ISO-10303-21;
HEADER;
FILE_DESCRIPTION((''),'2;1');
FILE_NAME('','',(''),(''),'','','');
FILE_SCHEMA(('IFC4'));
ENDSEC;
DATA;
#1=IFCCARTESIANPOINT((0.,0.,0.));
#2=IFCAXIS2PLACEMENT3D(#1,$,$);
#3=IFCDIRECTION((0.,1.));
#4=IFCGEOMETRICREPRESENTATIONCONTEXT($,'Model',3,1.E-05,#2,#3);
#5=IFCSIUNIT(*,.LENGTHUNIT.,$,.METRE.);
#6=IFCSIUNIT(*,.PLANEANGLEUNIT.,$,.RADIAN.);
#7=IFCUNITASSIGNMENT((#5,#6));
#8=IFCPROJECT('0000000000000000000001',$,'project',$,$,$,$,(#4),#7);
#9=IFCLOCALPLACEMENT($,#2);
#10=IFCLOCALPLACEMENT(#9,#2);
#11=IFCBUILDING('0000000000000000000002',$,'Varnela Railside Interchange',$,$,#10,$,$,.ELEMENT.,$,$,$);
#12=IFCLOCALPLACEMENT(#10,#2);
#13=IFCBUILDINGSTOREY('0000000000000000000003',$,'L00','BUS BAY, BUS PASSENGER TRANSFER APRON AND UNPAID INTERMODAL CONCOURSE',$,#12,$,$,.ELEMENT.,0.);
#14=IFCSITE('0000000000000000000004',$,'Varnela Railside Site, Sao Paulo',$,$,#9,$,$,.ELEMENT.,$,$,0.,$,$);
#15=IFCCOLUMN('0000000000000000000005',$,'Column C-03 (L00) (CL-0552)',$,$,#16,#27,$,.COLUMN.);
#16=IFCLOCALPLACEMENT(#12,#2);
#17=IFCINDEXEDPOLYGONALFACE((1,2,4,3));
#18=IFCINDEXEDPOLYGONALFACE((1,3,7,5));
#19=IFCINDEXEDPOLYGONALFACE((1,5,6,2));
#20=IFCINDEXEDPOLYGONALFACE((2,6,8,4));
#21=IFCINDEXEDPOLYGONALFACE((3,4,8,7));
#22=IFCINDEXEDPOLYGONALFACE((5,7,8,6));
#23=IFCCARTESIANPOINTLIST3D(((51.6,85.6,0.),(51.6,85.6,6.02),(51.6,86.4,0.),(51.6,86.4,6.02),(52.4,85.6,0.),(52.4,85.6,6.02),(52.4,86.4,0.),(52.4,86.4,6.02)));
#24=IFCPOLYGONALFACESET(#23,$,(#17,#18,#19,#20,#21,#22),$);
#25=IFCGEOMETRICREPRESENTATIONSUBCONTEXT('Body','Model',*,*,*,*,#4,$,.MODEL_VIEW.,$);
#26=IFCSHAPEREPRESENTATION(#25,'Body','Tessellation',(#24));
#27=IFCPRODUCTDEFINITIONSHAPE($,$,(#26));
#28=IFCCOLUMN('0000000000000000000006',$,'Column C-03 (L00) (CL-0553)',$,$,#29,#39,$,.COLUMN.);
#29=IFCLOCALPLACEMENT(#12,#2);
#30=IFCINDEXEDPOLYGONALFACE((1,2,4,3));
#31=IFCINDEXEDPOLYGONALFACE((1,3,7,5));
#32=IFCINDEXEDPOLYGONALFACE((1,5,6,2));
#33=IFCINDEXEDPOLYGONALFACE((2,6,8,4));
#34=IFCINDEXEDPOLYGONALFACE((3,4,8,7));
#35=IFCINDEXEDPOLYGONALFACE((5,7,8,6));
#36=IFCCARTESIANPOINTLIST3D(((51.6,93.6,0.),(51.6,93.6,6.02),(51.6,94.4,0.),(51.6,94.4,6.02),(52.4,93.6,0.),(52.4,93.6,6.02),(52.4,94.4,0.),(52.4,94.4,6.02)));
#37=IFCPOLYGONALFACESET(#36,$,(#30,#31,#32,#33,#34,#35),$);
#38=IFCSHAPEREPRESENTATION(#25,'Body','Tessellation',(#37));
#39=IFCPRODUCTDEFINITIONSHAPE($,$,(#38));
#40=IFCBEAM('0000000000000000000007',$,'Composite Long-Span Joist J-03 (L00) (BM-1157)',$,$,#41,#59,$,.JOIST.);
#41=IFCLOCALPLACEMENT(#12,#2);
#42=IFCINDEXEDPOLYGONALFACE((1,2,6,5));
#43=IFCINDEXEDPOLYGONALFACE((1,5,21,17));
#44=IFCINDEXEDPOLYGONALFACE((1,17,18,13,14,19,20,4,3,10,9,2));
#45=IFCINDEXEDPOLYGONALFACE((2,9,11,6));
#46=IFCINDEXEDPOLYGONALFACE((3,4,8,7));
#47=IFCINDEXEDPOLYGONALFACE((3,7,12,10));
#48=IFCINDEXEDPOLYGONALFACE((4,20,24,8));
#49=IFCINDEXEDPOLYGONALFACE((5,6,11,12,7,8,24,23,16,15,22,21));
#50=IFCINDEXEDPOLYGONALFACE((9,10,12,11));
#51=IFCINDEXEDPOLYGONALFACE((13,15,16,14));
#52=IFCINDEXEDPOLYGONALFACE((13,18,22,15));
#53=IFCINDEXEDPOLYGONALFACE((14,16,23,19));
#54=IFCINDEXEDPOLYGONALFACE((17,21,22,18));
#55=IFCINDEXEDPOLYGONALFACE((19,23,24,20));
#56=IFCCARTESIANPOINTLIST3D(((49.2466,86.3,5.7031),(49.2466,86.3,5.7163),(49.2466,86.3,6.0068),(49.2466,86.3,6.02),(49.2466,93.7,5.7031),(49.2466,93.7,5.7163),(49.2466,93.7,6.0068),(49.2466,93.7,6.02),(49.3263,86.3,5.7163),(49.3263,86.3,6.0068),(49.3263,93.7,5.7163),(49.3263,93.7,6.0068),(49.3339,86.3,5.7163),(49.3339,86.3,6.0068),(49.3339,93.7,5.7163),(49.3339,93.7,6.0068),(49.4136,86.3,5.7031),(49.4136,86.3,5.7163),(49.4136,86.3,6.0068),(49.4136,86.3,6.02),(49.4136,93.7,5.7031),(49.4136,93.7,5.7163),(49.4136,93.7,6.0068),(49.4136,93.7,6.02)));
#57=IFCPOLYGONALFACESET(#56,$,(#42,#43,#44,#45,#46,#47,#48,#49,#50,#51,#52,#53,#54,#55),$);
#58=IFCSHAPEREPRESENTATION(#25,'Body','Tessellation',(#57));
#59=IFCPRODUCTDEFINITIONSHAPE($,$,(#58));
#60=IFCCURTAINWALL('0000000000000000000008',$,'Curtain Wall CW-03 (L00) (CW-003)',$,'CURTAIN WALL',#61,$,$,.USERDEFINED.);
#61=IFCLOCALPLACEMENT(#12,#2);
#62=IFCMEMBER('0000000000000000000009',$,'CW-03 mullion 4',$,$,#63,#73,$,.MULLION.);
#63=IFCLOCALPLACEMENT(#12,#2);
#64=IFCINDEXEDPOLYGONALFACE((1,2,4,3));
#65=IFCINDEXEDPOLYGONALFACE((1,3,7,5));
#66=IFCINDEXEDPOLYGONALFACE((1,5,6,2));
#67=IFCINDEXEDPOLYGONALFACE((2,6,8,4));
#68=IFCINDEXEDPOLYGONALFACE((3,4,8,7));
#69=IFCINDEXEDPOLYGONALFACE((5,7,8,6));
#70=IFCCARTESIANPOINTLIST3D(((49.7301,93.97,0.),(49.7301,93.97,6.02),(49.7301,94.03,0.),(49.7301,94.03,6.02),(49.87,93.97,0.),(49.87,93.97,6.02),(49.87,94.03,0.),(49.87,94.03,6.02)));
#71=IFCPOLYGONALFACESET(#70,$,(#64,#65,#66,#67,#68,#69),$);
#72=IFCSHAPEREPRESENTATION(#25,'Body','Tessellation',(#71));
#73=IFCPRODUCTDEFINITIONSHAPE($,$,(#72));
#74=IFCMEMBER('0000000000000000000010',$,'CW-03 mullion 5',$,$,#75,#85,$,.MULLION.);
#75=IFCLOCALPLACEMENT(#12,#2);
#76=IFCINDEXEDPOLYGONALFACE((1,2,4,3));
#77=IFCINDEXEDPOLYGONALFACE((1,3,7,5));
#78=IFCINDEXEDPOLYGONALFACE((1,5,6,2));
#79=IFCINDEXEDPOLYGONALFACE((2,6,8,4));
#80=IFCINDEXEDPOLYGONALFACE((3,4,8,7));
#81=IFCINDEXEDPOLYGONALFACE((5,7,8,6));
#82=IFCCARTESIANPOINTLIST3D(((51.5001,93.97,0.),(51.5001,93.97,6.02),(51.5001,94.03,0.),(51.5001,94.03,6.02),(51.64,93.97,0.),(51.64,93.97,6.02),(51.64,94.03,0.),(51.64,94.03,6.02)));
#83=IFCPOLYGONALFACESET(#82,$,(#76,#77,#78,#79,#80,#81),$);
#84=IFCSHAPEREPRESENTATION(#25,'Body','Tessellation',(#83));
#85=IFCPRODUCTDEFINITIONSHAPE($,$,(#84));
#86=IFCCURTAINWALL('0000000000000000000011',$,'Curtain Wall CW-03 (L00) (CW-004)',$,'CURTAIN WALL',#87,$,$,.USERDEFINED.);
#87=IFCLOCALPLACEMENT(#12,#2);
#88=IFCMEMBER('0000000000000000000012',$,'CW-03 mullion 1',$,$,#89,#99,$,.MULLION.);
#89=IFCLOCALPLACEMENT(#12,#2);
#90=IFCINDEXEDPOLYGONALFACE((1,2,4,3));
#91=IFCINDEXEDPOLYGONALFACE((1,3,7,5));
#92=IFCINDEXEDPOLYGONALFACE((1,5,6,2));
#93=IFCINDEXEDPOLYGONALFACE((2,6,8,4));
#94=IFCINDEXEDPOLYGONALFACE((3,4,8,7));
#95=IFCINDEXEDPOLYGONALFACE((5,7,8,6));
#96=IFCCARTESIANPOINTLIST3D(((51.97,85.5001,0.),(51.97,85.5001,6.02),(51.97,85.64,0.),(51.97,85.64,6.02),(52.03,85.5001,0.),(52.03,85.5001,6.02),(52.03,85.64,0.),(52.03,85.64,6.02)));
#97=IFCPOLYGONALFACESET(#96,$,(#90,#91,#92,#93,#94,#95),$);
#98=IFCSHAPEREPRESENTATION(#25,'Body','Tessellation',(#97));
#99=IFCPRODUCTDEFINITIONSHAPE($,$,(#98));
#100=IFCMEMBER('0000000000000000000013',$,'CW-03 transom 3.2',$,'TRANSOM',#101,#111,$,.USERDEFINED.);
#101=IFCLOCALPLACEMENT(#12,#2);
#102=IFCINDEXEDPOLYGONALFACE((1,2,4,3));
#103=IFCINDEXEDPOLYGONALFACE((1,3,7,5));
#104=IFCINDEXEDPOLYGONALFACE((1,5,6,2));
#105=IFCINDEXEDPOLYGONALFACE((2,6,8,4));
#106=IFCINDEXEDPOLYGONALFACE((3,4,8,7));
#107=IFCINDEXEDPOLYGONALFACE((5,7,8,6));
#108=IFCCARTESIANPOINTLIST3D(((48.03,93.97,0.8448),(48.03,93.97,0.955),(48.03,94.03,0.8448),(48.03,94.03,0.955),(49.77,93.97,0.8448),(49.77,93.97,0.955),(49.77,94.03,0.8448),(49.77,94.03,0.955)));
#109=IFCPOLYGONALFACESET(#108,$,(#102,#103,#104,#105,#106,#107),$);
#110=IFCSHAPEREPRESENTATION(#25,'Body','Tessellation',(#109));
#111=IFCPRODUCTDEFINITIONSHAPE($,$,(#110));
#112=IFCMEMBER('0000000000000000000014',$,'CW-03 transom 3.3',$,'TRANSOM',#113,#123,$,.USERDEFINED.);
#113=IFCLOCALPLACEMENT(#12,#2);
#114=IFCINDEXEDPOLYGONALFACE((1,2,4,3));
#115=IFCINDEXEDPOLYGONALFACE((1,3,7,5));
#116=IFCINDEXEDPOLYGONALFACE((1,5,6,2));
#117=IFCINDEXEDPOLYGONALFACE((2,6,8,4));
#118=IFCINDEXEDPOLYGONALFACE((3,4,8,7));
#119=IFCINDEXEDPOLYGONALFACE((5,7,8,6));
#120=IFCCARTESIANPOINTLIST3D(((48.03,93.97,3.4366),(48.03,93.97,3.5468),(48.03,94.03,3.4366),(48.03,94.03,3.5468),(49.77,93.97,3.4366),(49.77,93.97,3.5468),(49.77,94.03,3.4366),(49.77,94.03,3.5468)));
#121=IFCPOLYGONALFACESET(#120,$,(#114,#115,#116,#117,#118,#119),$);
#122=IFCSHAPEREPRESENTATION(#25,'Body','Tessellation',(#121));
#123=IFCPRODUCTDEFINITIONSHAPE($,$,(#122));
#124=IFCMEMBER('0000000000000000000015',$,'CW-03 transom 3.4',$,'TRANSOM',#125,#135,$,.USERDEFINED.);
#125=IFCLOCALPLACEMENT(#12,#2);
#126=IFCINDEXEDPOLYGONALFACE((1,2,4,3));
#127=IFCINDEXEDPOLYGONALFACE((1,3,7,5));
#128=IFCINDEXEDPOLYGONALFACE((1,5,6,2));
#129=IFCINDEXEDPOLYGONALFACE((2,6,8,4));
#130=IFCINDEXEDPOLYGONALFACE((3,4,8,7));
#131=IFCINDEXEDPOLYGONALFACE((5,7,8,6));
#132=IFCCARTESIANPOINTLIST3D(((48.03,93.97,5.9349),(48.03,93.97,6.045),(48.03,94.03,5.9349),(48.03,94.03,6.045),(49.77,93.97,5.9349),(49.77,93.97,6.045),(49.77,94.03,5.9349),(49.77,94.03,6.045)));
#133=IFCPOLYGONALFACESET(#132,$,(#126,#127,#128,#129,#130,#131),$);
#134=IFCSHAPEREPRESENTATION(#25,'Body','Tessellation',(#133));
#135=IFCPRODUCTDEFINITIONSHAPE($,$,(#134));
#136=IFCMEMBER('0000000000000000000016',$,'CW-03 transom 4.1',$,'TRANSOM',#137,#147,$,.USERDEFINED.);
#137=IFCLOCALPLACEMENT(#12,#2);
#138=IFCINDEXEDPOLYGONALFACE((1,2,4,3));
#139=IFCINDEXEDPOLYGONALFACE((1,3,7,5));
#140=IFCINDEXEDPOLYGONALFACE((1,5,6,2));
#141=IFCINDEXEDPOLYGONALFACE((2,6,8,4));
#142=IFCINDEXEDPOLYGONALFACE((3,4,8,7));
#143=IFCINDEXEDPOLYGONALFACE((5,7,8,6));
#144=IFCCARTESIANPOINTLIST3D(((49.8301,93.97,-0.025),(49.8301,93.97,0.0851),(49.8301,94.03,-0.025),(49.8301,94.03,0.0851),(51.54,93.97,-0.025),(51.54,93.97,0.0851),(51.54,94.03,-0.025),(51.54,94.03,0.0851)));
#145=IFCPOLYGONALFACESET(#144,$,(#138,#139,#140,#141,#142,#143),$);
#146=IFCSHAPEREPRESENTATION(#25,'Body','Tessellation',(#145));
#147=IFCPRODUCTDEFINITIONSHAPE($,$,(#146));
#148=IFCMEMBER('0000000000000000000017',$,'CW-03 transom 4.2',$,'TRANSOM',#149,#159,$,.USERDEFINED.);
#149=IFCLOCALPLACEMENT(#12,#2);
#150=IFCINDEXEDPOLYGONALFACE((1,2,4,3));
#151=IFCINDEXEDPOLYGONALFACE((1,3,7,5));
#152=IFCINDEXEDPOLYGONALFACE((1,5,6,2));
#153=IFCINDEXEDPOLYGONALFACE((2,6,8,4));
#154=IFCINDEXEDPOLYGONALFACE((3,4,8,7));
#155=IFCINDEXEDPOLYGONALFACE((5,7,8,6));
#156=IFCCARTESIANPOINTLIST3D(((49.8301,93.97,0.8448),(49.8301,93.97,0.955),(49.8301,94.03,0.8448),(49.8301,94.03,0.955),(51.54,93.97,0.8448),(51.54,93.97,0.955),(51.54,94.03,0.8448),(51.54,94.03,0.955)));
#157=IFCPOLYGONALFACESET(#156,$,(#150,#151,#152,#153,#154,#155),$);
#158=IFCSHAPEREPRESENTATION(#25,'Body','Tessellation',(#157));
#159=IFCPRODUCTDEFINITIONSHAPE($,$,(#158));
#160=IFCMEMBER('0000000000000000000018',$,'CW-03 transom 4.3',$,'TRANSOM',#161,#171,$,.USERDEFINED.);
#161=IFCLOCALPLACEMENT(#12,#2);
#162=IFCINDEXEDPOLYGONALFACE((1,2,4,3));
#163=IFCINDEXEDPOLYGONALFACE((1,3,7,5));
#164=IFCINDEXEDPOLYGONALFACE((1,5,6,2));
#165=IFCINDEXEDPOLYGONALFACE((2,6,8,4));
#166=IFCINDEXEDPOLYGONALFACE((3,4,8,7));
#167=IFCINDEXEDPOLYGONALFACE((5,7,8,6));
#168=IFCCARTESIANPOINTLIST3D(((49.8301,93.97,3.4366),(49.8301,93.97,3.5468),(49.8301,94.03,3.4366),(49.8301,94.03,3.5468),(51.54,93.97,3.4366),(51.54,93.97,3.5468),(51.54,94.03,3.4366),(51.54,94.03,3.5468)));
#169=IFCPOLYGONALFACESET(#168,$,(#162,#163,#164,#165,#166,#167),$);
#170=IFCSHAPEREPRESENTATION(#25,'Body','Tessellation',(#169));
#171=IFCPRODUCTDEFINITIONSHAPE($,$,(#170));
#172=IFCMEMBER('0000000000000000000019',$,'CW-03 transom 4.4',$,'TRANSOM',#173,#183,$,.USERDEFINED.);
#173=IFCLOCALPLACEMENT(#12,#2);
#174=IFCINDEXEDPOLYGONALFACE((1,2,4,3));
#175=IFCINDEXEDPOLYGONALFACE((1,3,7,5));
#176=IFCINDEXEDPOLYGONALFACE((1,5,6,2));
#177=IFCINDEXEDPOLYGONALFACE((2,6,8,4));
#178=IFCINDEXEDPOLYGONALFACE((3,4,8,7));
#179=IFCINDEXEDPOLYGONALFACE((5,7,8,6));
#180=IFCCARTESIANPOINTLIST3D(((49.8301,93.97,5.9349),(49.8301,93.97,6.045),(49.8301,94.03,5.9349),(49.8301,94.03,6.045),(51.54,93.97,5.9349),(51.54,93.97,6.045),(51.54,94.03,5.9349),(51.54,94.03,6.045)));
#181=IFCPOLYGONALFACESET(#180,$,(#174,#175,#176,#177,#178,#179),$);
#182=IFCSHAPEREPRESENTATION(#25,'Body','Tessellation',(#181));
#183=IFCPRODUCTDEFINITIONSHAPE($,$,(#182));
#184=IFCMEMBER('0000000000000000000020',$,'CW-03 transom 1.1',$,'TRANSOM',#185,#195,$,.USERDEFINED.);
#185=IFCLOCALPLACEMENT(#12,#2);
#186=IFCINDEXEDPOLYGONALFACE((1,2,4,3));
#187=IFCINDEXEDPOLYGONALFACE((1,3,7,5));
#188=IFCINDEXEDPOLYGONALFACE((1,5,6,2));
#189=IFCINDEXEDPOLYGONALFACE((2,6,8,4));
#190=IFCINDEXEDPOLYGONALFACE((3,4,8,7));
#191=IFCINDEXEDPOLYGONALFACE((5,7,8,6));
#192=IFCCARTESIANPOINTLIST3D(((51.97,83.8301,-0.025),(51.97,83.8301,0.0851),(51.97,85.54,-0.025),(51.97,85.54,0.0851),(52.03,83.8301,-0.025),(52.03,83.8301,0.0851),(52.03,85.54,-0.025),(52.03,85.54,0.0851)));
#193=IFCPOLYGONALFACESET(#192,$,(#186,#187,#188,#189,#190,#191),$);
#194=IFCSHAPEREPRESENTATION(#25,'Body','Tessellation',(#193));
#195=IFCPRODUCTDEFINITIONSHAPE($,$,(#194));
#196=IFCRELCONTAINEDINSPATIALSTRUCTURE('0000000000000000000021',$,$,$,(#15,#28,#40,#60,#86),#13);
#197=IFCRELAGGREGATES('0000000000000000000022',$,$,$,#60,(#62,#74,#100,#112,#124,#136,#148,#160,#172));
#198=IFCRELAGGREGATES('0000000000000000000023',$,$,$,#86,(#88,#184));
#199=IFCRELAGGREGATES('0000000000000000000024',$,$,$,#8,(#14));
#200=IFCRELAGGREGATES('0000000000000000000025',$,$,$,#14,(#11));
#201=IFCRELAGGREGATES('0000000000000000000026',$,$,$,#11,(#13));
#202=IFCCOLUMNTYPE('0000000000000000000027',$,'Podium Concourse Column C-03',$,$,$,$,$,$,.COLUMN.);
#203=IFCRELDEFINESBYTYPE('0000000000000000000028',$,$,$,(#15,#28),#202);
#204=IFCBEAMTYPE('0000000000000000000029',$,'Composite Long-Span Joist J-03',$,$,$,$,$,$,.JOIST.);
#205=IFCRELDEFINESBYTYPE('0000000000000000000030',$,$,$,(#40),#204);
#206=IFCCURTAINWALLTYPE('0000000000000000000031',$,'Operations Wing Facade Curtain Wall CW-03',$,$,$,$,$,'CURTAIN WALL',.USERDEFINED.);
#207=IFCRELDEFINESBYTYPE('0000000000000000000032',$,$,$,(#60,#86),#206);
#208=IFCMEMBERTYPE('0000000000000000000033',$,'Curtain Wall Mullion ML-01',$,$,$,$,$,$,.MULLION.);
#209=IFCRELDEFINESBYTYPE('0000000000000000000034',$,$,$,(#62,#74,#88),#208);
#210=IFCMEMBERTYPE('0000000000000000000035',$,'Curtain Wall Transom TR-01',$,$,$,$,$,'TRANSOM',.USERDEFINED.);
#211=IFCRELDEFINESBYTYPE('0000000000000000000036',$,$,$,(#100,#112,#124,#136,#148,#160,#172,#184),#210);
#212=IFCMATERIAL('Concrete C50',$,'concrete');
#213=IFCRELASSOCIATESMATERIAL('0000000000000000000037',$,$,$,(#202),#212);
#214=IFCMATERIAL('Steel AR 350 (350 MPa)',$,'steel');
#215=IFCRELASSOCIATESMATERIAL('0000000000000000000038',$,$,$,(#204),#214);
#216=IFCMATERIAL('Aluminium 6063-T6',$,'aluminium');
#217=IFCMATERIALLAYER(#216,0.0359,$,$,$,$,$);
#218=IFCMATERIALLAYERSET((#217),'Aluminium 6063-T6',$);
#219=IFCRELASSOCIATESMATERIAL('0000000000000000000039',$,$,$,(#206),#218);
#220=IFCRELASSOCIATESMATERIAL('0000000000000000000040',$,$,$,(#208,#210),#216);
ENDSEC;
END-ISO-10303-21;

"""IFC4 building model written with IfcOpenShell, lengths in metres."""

from ifc_helpers import new_model, si_unit, direction, frame, origin, origin_2d, place, context, subcontext, project, spatial, rectangle, i_section, extrude, material, layer, layer_set, material_profile, profile_set, type_object, element, aggregate, save


model = new_model("IFC4")

# Units and contexts
model_context = context("Model", 3, precision=1e-05, world=origin(), true_north=direction((0.0, 1.0)))
body_context = subcontext(model_context, "Body", "Model", "MODEL_VIEW")
ifc_project = project(units=[si_unit("LENGTHUNIT", "METRE"), si_unit("PLANEANGLEUNIT", "RADIAN")], contexts=[model_context])

# Site, building, storey
site_placement = place(None, origin())
site = spatial("IfcSite", under=ifc_project, at=site_placement, Name="Varnela Railside Site, Sao Paulo", CompositionType="ELEMENT", RefElevation=0.0)
building_placement = place(site_placement, origin())
building = spatial("IfcBuilding", under=site, at=building_placement, Name="Varnela Railside Interchange", CompositionType="ELEMENT")
storey_placement = place(building_placement, origin())
storey = spatial("IfcBuildingStorey", under=building, at=storey_placement, Name="L00", Description="BUS BAY, BUS PASSENGER TRANSFER APRON AND UNPAID INTERMODAL CONCOURSE", CompositionType="ELEMENT", Elevation=0.0)

# Columns
ifc_material_1 = material(Name="Concrete C50", Category="concrete")
ifc_material_profile_1 = material_profile(ifc_material_1, rectangle(XDim=0.8, YDim=0.8, at=origin_2d()), Name="RC 800x800")
ifc_profile_set_1 = profile_set([ifc_material_profile_1], Name="Concrete C50")
column_type = type_object("IfcColumnType", Name="Podium Concourse Column C-03", PredefinedType="COLUMN", material=ifc_profile_set_1)
for number, where, z_axis, x_axis, name in (
    (1, (52.0, 86.0, 0.0), (0.0, 0.0, 1.0), (1.0, 0.0, 0.0), "Column C-03 (L00) (CL-0552)"),
    (2, (52.0, 94.0, 0.0), (0.0, 0.0, 1.0), (1.0, 0.0, 0.0), "Column C-03 (L00) (CL-0553)"),
):
    element("IfcColumn", number, at=place(storey_placement, frame(where, z_axis=z_axis, x_axis=x_axis)), inside=storey, type_object=column_type, Name=name, PredefinedType="COLUMN", context=body_context, shape_type="SweptSolid", body=[
        extrude(rectangle(XDim=0.8, YDim=0.8, at=origin_2d()), origin(), (0.0, 0.0, 1.0), 6.02),
    ])

# Beam
ifc_material_2 = material(Name="Steel AR 350 (350 MPa)", Category="steel")
ifc_material_profile_2 = material_profile(ifc_material_2, i_section(OverallWidth=0.167, OverallDepth=0.3169, WebThickness=0.0076, FlangeThickness=0.0132, at=origin_2d()), Name="W310x52")
ifc_profile_set_2 = profile_set([ifc_material_profile_2], Name="Steel AR 350 (350 MPa)")
beam_type_1 = type_object("IfcBeamType", Name="Composite Long-Span Joist J-03", PredefinedType="JOIST", material=ifc_profile_set_2)
beam_1_placement = place(storey_placement, frame((49.3301, 86.3, 5.8616), z_axis=(0.0, 1.0, 0.0), x_axis=(-1.0, 0.0, 0.0)))
element("IfcBeam", 3, at=beam_1_placement, inside=storey, type_object=beam_type_1, Name="Composite Long-Span Joist J-03 (L00) (BM-1157)", PredefinedType="JOIST", context=body_context, shape_type="SweptSolid", body=[
    extrude(i_section(OverallWidth=0.167, OverallDepth=0.3169, WebThickness=0.0076, FlangeThickness=0.0132, at=origin_2d()), origin(), (0.0, 0.0, 1.0), 7.3999),
])

# Curtain wall, members
ifc_material_3 = material(Name="Aluminium 6063-T6", Category="aluminium")
ifc_layer_1 = layer(ifc_material_3, 0.0359)
ifc_layer_set_1 = layer_set([ifc_layer_1], Name="Aluminium 6063-T6")
curtain_wall_type = type_object("IfcCurtainWallType", Name="Operations Wing Facade Curtain Wall CW-03", ElementType="CURTAIN WALL", PredefinedType="USERDEFINED", material=ifc_layer_set_1)
curtain_wall_1_placement = place(storey_placement, origin())
curtain_wall_1 = element("IfcCurtainWall", 4, at=curtain_wall_1_placement, inside=storey, type_object=curtain_wall_type, Name="Curtain Wall CW-03 (L00) (CW-003)", ObjectType="CURTAIN WALL", PredefinedType="USERDEFINED")
ifc_material_profile_3 = material_profile(ifc_material_3, rectangle(XDim=0.0601, YDim=0.1399, at=origin_2d()), Name="ALU 60x140")
ifc_profile_set_3 = profile_set([ifc_material_profile_3], Name="Aluminium 6063-T6")
member_type_1 = type_object("IfcMemberType", Name="Curtain Wall Mullion ML-01", PredefinedType="MULLION", material=ifc_profile_set_3)
member_1_placement = place(storey_placement, frame((49.8, 94.0, 0.0), z_axis=(0.0, 0.0, 1.0), x_axis=(0.0, 1.0, 0.0)))
member_1 = element("IfcMember", 5, at=member_1_placement, type_object=member_type_1, Name="CW-03 mullion 4", PredefinedType="MULLION", context=body_context, shape_type="SweptSolid", body=[
    extrude(rectangle(XDim=0.0601, YDim=0.1399, at=origin_2d()), origin(), (0.0, 0.0, 1.0), 6.02),
])
member_2_placement = place(storey_placement, frame((51.5701, 94.0, 0.0), z_axis=(0.0, 0.0, 1.0), x_axis=(0.0, 1.0, 0.0)))
member_2 = element("IfcMember", 6, at=member_2_placement, type_object=member_type_1, Name="CW-03 mullion 5", PredefinedType="MULLION", context=body_context, shape_type="SweptSolid", body=[
    extrude(rectangle(XDim=0.0601, YDim=0.1399, at=origin_2d()), origin(), (0.0, 0.0, 1.0), 6.02),
])

# Curtain wall, member
curtain_wall_2_placement = place(storey_placement, origin())
curtain_wall_2 = element("IfcCurtainWall", 7, at=curtain_wall_2_placement, inside=storey, type_object=curtain_wall_type, Name="Curtain Wall CW-03 (L00) (CW-004)", ObjectType="CURTAIN WALL", PredefinedType="USERDEFINED")
member_3_placement = place(storey_placement, frame((52.0, 85.5701, 0.0), z_axis=(0.0, 0.0, 1.0), x_axis=(1.0, 0.0, 0.0)))
member_3 = element("IfcMember", 8, at=member_3_placement, type_object=member_type_1, Name="CW-03 mullion 1", PredefinedType="MULLION", context=body_context, shape_type="SweptSolid", body=[
    extrude(rectangle(XDim=0.0601, YDim=0.1399, at=origin_2d()), origin(), (0.0, 0.0, 1.0), 6.02),
])

# Members
ifc_material_profile_4 = material_profile(ifc_material_3, rectangle(XDim=0.0601, YDim=0.1101, at=origin_2d()), Name="ALU 60x110")
ifc_profile_set_4 = profile_set([ifc_material_profile_4], Name="Aluminium 6063-T6")
member_type_2 = type_object("IfcMemberType", Name="Curtain Wall Transom TR-01", ElementType="TRANSOM", PredefinedType="USERDEFINED", material=ifc_profile_set_4)
member_4_placement = place(storey_placement, frame((48.03, 94.0, 0.8999), z_axis=(1.0, 0.0, 0.0), x_axis=(0.0, 1.0, 0.0)))
member_4 = element("IfcMember", 9, at=member_4_placement, type_object=member_type_2, Name="CW-03 transom 3.2", ObjectType="TRANSOM", PredefinedType="USERDEFINED", context=body_context, shape_type="SweptSolid", body=[
    extrude(rectangle(XDim=0.0601, YDim=0.1101, at=origin_2d()), origin(), (0.0, 0.0, 1.0), 1.74),
])
member_5_placement = place(storey_placement, frame((48.03, 94.0, 3.4917), z_axis=(1.0, 0.0, 0.0), x_axis=(0.0, 1.0, 0.0)))
member_5 = element("IfcMember", 10, at=member_5_placement, type_object=member_type_2, Name="CW-03 transom 3.3", ObjectType="TRANSOM", PredefinedType="USERDEFINED", context=body_context, shape_type="SweptSolid", body=[
    extrude(rectangle(XDim=0.0601, YDim=0.1101, at=origin_2d()), origin(), (0.0, 0.0, 1.0), 1.74),
])
member_6_placement = place(storey_placement, frame((48.03, 94.0, 5.99), z_axis=(1.0, 0.0, 0.0), x_axis=(0.0, 1.0, 0.0)))
member_6 = element("IfcMember", 11, at=member_6_placement, type_object=member_type_2, Name="CW-03 transom 3.4", ObjectType="TRANSOM", PredefinedType="USERDEFINED", context=body_context, shape_type="SweptSolid", body=[
    extrude(rectangle(XDim=0.0601, YDim=0.1101, at=origin_2d()), origin(), (0.0, 0.0, 1.0), 1.74),
])
member_7_placement = place(storey_placement, frame((49.8301, 94.0, 0.03), z_axis=(1.0, 0.0, 0.0), x_axis=(0.0, 1.0, 0.0)))
member_7 = element("IfcMember", 12, at=member_7_placement, type_object=member_type_2, Name="CW-03 transom 4.1", ObjectType="TRANSOM", PredefinedType="USERDEFINED", context=body_context, shape_type="SweptSolid", body=[
    extrude(rectangle(XDim=0.0601, YDim=0.1101, at=origin_2d()), origin(), (0.0, 0.0, 1.0), 1.71),
])
member_8_placement = place(storey_placement, frame((49.8301, 94.0, 0.8999), z_axis=(1.0, 0.0, 0.0), x_axis=(0.0, 1.0, 0.0)))
member_8 = element("IfcMember", 13, at=member_8_placement, type_object=member_type_2, Name="CW-03 transom 4.2", ObjectType="TRANSOM", PredefinedType="USERDEFINED", context=body_context, shape_type="SweptSolid", body=[
    extrude(rectangle(XDim=0.0601, YDim=0.1101, at=origin_2d()), origin(), (0.0, 0.0, 1.0), 1.71),
])
member_9_placement = place(storey_placement, frame((49.8301, 94.0, 3.4917), z_axis=(1.0, 0.0, 0.0), x_axis=(0.0, 1.0, 0.0)))
member_9 = element("IfcMember", 14, at=member_9_placement, type_object=member_type_2, Name="CW-03 transom 4.3", ObjectType="TRANSOM", PredefinedType="USERDEFINED", context=body_context, shape_type="SweptSolid", body=[
    extrude(rectangle(XDim=0.0601, YDim=0.1101, at=origin_2d()), origin(), (0.0, 0.0, 1.0), 1.71),
])
member_10_placement = place(storey_placement, frame((49.8301, 94.0, 5.99), z_axis=(1.0, 0.0, 0.0), x_axis=(0.0, 1.0, 0.0)))
member_10 = element("IfcMember", 15, at=member_10_placement, type_object=member_type_2, Name="CW-03 transom 4.4", ObjectType="TRANSOM", PredefinedType="USERDEFINED", context=body_context, shape_type="SweptSolid", body=[
    extrude(rectangle(XDim=0.0601, YDim=0.1101, at=origin_2d()), origin(), (0.0, 0.0, 1.0), 1.71),
])
member_11_placement = place(storey_placement, frame((52.0, 85.54, 0.03), z_axis=(0.0, -1.0, 0.0), x_axis=(1.0, 0.0, 0.0)))
member_11 = element("IfcMember", 16, at=member_11_placement, type_object=member_type_2, Name="CW-03 transom 1.1", ObjectType="TRANSOM", PredefinedType="USERDEFINED", context=body_context, shape_type="SweptSolid", body=[
    extrude(rectangle(XDim=0.0601, YDim=0.1101, at=origin_2d()), origin(), (0.0, 0.0, 1.0), 1.71),
])

aggregate(curtain_wall_1, [member_1, member_2, member_4, member_5, member_6, member_7, member_8, member_9, member_10])
aggregate(curtain_wall_2, [member_3, member_11])

save(model, "model.ifc")
